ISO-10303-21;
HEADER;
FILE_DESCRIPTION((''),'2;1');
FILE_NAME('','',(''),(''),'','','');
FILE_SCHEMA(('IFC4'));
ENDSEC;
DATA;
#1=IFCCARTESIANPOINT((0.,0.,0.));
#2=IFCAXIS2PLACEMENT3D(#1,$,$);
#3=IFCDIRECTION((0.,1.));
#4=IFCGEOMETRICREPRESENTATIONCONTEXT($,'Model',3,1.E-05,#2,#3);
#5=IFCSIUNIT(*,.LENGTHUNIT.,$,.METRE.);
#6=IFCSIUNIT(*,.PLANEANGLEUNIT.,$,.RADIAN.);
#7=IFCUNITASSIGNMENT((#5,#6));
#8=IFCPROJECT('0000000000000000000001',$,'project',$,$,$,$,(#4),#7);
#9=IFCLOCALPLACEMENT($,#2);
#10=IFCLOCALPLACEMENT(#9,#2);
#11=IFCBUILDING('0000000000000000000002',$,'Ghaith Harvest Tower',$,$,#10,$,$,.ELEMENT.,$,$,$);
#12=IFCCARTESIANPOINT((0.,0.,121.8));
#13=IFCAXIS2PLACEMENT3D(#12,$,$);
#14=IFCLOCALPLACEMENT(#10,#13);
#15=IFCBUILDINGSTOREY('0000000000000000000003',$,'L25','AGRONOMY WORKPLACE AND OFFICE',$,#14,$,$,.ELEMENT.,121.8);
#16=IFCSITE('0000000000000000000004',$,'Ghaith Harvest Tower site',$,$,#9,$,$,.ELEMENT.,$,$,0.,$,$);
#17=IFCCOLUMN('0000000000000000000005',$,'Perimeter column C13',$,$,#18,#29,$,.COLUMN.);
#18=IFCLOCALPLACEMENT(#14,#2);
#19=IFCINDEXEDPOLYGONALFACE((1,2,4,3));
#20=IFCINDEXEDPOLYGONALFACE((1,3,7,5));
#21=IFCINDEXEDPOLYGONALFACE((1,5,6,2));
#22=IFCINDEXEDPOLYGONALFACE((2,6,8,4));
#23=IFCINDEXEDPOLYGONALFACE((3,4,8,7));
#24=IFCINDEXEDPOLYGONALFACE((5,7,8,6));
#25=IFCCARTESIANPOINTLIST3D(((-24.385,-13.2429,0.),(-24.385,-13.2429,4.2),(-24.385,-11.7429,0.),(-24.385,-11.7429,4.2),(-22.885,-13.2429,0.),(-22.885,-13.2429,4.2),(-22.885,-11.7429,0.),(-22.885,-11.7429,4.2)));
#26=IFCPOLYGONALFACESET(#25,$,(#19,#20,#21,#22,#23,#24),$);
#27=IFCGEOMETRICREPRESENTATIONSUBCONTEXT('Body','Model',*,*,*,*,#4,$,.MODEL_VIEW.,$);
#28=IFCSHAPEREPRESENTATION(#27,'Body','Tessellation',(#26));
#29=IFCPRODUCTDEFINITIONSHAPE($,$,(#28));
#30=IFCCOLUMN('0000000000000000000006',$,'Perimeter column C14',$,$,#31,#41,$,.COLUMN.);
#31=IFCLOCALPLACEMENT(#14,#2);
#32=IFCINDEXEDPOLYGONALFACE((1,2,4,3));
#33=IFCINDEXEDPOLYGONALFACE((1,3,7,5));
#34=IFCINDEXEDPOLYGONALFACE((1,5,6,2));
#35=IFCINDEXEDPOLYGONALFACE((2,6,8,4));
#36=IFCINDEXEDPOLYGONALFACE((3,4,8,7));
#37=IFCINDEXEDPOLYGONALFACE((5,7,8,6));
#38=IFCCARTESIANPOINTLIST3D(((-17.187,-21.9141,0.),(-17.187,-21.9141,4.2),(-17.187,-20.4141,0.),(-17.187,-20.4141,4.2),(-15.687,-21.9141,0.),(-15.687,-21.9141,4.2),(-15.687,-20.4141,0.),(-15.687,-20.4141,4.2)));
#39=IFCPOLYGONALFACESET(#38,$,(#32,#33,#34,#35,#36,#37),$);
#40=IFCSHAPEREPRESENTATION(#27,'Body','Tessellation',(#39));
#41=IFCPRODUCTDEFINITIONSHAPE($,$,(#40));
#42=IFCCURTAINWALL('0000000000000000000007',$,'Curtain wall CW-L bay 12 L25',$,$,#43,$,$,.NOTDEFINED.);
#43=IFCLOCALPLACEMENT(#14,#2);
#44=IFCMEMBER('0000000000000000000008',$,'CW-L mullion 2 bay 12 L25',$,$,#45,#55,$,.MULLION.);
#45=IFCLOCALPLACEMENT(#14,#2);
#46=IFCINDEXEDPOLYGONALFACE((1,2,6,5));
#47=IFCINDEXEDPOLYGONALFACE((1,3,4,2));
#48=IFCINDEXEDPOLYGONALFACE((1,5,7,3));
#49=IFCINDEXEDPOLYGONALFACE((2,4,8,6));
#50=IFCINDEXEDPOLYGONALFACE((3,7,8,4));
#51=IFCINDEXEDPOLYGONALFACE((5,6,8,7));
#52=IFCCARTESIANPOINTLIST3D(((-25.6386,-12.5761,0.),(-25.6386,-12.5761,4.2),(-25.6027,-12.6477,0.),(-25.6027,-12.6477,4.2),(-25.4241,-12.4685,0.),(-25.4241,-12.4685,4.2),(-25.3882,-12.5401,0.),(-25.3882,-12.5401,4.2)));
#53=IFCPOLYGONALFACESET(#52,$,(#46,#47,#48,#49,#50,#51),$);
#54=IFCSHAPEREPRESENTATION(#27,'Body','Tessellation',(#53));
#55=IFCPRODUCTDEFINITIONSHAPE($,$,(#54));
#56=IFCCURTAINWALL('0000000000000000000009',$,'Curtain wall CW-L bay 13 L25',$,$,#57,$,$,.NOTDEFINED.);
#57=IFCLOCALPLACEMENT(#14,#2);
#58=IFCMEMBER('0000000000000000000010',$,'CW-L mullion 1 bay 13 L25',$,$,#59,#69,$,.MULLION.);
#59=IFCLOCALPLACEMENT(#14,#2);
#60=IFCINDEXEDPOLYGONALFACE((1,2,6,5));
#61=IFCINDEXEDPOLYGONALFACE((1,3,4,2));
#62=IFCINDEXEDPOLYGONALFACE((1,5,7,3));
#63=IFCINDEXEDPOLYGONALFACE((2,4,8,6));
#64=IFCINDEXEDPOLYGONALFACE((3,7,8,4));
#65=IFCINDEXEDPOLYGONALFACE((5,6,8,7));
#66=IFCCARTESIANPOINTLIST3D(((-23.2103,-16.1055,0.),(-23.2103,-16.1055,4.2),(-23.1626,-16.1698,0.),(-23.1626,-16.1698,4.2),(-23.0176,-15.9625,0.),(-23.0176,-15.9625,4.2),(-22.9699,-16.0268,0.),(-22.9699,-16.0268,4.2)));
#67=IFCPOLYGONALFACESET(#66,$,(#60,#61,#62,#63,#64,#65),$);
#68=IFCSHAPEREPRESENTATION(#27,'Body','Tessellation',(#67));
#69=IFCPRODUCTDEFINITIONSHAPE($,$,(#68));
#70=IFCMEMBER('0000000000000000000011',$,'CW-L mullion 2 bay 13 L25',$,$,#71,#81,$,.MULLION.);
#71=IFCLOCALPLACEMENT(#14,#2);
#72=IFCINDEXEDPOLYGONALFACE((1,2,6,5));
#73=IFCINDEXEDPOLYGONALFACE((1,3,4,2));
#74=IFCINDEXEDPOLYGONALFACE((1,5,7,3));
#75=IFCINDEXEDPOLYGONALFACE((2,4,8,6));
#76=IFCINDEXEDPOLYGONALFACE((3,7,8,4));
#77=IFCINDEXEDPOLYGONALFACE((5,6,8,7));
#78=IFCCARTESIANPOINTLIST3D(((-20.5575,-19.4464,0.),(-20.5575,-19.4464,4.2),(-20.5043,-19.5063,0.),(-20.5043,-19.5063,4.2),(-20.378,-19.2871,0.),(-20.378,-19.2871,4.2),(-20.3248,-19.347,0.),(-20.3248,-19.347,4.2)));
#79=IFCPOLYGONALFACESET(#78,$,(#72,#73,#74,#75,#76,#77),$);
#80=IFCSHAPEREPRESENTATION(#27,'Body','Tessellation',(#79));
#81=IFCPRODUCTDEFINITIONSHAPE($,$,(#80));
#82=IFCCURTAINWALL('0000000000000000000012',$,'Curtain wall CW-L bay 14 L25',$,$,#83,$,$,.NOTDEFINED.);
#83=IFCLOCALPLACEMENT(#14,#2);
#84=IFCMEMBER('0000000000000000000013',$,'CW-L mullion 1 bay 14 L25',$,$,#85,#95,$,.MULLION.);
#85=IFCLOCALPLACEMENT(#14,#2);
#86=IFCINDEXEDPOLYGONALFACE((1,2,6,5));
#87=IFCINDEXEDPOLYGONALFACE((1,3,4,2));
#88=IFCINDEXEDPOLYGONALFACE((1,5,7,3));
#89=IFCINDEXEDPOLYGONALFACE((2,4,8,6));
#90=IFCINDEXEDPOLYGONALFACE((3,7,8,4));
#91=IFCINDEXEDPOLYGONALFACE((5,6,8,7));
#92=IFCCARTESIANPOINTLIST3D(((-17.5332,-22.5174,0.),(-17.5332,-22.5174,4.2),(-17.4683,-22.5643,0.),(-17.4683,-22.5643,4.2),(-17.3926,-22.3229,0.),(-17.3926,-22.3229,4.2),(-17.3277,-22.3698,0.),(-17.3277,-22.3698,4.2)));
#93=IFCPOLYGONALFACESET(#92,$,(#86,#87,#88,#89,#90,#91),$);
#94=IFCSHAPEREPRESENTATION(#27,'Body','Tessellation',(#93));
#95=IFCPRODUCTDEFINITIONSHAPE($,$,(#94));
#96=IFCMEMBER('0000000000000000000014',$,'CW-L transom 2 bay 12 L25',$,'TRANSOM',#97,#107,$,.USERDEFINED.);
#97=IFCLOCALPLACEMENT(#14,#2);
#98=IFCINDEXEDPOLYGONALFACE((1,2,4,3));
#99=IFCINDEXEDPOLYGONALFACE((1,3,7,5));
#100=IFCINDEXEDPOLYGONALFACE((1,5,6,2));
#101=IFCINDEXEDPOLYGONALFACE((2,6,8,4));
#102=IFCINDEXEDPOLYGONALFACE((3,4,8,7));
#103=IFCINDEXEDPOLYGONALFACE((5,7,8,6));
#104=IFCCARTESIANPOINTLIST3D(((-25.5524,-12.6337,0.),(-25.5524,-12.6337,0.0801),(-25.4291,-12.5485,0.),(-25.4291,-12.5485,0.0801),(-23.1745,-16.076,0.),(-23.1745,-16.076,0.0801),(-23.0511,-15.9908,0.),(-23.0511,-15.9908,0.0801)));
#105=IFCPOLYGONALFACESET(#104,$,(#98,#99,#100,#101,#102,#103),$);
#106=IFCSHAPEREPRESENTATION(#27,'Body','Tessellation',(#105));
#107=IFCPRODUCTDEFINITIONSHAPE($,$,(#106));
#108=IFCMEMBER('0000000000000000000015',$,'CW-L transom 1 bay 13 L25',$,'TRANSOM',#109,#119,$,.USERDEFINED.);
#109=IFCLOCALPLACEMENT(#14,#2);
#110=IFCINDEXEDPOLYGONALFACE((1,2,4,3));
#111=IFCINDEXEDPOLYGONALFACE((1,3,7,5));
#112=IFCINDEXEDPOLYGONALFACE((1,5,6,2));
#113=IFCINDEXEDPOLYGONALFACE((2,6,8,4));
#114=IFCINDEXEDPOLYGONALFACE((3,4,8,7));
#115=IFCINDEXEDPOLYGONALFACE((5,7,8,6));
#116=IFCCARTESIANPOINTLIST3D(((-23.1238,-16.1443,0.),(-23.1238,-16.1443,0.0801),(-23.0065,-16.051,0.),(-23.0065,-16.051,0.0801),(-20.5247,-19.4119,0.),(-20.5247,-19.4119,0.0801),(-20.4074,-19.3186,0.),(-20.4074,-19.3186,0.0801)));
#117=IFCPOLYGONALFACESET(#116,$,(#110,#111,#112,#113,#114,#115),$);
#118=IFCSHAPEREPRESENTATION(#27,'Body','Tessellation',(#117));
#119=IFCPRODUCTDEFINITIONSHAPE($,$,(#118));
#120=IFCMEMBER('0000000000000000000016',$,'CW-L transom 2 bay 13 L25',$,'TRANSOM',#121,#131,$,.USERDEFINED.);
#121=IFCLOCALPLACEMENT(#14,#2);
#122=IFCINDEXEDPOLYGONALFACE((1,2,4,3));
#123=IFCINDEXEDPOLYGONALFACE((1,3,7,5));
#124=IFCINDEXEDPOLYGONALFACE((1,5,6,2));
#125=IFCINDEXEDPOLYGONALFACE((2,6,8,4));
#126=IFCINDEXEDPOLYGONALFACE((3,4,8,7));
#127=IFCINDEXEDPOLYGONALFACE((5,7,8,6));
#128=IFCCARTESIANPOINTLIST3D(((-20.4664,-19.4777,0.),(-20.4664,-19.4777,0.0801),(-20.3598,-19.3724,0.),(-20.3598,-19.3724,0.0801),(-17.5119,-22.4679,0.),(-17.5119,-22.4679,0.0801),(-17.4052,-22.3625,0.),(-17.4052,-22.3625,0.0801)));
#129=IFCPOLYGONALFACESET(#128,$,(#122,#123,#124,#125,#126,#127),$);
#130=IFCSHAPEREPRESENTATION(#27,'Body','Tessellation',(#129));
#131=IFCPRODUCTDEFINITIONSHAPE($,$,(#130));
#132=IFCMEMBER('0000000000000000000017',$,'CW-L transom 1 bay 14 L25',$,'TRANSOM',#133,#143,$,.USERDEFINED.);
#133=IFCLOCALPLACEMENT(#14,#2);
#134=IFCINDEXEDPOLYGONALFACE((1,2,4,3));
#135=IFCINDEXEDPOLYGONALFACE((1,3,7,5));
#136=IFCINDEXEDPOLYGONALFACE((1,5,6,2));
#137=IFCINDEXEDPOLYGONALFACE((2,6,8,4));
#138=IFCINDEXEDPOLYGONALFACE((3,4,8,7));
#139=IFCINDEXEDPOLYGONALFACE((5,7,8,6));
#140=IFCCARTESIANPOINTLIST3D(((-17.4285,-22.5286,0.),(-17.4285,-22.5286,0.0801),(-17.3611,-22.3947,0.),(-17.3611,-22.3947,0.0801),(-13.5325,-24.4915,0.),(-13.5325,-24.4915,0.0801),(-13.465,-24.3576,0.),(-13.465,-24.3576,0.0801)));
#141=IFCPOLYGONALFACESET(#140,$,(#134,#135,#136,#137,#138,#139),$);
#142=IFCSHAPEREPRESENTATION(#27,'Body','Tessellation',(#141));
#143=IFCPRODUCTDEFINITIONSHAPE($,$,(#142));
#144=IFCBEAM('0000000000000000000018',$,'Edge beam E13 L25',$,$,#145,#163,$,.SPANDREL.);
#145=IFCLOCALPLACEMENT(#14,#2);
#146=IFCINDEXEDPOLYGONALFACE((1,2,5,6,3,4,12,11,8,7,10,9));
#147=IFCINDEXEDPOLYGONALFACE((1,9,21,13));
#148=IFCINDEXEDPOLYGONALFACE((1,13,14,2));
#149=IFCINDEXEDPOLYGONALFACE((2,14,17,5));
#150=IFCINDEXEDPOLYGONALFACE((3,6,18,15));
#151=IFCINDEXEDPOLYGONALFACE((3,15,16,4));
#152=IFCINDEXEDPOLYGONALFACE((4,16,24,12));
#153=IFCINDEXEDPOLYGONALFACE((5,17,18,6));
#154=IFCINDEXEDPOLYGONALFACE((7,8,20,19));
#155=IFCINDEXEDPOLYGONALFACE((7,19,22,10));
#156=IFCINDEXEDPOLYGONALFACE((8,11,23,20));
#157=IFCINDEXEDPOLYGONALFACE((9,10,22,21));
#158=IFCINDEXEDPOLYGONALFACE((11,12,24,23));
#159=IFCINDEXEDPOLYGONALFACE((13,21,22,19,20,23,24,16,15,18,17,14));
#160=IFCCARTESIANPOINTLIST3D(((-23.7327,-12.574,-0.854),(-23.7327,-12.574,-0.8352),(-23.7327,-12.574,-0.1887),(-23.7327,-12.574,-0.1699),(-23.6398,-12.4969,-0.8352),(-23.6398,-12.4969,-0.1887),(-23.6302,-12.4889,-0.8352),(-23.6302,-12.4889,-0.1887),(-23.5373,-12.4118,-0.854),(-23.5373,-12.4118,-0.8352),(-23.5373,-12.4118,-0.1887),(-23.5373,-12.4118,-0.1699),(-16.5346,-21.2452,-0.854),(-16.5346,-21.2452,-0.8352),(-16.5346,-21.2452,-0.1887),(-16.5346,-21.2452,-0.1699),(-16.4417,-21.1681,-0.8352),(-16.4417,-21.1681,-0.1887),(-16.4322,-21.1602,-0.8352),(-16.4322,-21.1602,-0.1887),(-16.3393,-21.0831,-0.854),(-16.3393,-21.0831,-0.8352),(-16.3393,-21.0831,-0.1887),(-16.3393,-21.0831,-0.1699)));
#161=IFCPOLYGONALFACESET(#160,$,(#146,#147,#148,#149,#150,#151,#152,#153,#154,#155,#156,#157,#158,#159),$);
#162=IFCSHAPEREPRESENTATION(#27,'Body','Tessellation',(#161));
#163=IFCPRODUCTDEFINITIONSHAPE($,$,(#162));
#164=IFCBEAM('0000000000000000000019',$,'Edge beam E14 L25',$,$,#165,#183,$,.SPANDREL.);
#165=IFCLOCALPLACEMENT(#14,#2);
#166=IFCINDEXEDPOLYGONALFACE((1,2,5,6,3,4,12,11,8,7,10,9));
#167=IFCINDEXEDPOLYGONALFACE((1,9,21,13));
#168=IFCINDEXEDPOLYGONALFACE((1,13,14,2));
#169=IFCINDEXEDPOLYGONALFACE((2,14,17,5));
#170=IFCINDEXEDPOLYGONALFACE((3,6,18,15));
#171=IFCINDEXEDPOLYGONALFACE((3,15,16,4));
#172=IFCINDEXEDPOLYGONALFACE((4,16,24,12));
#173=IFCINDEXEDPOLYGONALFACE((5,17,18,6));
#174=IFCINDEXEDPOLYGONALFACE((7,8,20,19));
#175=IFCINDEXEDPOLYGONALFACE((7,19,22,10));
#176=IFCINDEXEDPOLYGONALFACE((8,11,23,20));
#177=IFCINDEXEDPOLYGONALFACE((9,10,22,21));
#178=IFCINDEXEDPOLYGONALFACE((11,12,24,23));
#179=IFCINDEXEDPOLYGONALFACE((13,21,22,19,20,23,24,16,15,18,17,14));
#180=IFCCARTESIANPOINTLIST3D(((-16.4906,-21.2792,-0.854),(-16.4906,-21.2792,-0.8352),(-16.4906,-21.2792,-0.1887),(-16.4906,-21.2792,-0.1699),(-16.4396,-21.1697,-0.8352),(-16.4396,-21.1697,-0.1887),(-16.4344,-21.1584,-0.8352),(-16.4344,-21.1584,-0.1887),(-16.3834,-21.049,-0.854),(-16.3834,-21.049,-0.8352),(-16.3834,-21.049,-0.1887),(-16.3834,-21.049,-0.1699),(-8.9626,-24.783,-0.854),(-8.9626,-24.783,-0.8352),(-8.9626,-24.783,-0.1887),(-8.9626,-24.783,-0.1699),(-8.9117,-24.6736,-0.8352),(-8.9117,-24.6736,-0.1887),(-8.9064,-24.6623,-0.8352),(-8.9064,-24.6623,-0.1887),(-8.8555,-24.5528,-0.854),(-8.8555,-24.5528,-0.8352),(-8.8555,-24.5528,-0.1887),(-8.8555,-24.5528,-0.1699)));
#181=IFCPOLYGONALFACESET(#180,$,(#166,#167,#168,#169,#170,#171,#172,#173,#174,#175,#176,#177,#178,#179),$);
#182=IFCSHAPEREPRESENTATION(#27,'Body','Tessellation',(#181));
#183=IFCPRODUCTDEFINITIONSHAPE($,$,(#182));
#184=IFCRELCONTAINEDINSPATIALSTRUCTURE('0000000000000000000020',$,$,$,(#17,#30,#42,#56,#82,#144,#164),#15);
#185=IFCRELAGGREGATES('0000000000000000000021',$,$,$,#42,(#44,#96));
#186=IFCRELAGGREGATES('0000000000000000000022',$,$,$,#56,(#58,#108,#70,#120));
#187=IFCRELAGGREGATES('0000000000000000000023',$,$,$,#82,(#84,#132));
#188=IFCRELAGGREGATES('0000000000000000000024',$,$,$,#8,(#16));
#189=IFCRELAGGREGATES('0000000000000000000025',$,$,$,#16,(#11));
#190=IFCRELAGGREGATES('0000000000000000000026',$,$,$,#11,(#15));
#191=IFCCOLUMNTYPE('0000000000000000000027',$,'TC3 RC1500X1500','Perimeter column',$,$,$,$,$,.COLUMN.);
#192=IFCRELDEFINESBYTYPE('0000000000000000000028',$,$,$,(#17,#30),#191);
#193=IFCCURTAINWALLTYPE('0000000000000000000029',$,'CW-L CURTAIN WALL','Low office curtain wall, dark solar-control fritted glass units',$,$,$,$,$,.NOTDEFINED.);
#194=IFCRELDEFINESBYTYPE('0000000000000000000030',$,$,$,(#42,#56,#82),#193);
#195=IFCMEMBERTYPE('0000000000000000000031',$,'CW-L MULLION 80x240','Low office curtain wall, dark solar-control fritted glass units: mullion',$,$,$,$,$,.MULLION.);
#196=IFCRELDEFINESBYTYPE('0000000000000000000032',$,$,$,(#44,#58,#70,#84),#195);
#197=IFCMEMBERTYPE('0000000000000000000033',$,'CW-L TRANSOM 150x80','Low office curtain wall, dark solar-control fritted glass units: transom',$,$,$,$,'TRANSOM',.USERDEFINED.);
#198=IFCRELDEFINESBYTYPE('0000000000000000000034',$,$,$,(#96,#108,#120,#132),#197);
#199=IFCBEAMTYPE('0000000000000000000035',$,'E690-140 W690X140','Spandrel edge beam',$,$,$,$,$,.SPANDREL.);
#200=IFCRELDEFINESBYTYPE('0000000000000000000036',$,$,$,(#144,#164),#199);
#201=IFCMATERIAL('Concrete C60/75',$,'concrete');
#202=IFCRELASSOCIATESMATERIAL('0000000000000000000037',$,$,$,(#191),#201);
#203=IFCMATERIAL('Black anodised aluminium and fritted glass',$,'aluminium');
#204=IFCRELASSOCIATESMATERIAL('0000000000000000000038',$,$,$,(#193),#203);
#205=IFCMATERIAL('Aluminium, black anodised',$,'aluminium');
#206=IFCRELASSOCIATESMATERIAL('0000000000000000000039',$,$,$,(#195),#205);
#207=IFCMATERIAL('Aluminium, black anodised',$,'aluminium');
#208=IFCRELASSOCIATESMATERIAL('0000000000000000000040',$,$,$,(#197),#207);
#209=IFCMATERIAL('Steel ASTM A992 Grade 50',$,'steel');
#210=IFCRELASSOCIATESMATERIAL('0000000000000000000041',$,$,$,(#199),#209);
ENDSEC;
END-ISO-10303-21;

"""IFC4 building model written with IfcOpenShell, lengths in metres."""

from ifc_helpers import new_model, si_unit, direction, frame, origin, origin_2d, place, context, subcontext, project, spatial, rectangle, i_section, extrude, material, material_profile, profile_set, type_object, element, aggregate, save


model = new_model("IFC4")

# Units and contexts
model_context = context("Model", 3, precision=1e-05, world=origin(), true_north=direction((0.0, 1.0)))
body_context = subcontext(model_context, "Body", "Model", "MODEL_VIEW")
ifc_project = project(units=[si_unit("LENGTHUNIT", "METRE"), si_unit("PLANEANGLEUNIT", "RADIAN")], contexts=[model_context])

# Site, building, storey
site_placement = place(None, origin())
site = spatial("IfcSite", under=ifc_project, at=site_placement, Name="Ghaith Harvest Tower site", CompositionType="ELEMENT", RefElevation=0.0)
building_placement = place(site_placement, origin())
building = spatial("IfcBuilding", under=site, at=building_placement, Name="Ghaith Harvest Tower", CompositionType="ELEMENT")
storey_placement = place(building_placement, frame((0.0, 0.0, 121.8)))
storey = spatial("IfcBuildingStorey", under=building, at=storey_placement, Name="L25", Description="AGRONOMY WORKPLACE AND OFFICE", CompositionType="ELEMENT", Elevation=121.8)

# Columns
ifc_material_1 = material(Name="Concrete C60/75", Category="concrete")
ifc_material_profile_1 = material_profile(ifc_material_1, rectangle(XDim=1.5, YDim=1.5, at=origin_2d()), Name="RC1500X1500")
ifc_profile_set_1 = profile_set([ifc_material_profile_1], Name="Concrete C60/75")
column_type = type_object("IfcColumnType", Name="TC3 RC1500X1500", Description="Perimeter column", PredefinedType="COLUMN", material=ifc_profile_set_1)
for number, where, z_axis, x_axis, name in (
    (1, (-23.635, -12.4929, 0.0), (0.0, 0.0, 1.0), (1.0, 0.0, 0.0), "Perimeter column C13"),
    (2, (-16.437, -21.1641, 0.0), (0.0, 0.0, 1.0), (1.0, 0.0, 0.0), "Perimeter column C14"),
):
    element("IfcColumn", number, at=place(storey_placement, frame(where, z_axis=z_axis, x_axis=x_axis)), inside=storey, type_object=column_type, Name=name, PredefinedType="COLUMN", context=body_context, shape_type="SweptSolid", body=[
        extrude(rectangle(XDim=1.5, YDim=1.5, at=origin_2d()), origin(), (0.0, 0.0, 1.0), 4.2),
    ])

# Curtain wall, member
ifc_material_2 = material(Name="Black anodised aluminium and fritted glass", Category="aluminium")
curtain_wall_type = type_object("IfcCurtainWallType", Name="CW-L CURTAIN WALL", Description="Low office curtain wall, dark solar-control fritted glass units", PredefinedType="NOTDEFINED", material=ifc_material_2)
curtain_wall_1_placement = place(storey_placement, origin())
curtain_wall_1 = element("IfcCurtainWall", 3, at=curtain_wall_1_placement, inside=storey, type_object=curtain_wall_type, Name="Curtain wall CW-L bay 12 L25", PredefinedType="NOTDEFINED")
ifc_material_3 = material(Name="Aluminium, black anodised", Category="aluminium")
ifc_material_profile_2 = material_profile(ifc_material_3, rectangle(XDim=0.0801, YDim=0.24, at=origin_2d()), Name="CW-L MULLION 80x240")
ifc_profile_set_2 = profile_set([ifc_material_profile_2], Name="Aluminium, black anodised")
member_type_1 = type_object("IfcMemberType", Name="CW-L MULLION 80x240", Description="Low office curtain wall, dark solar-control fritted glass units: mullion", PredefinedType="MULLION", material=ifc_profile_set_2)
member_1_placement = place(storey_placement, frame((-25.5134, -12.5581, 0.0), z_axis=(0.0, 0.0, 1.0), x_axis=(0.448267, -0.8939, 0.0)))
member_1 = element("IfcMember", 4, at=member_1_placement, type_object=member_type_1, Name="CW-L mullion 2 bay 12 L25", PredefinedType="MULLION", context=body_context, shape_type="SweptSolid", body=[
    extrude(rectangle(XDim=0.0801, YDim=0.24, at=origin_2d()), origin(), (0.0, 0.0, 1.0), 4.2),
])

# Curtain wall, members
curtain_wall_2_placement = place(storey_placement, origin())
curtain_wall_2 = element("IfcCurtainWall", 5, at=curtain_wall_2_placement, inside=storey, type_object=curtain_wall_type, Name="Curtain wall CW-L bay 13 L25", PredefinedType="NOTDEFINED")
member_2_placement = place(storey_placement, frame((-23.0901, -16.0662, 0.0), z_axis=(0.0, 0.0, 1.0), x_axis=(0.59574, -0.803177, 0.0)))
member_2 = element("IfcMember", 6, at=member_2_placement, type_object=member_type_1, Name="CW-L mullion 1 bay 13 L25", PredefinedType="MULLION", context=body_context, shape_type="SweptSolid", body=[
    extrude(rectangle(XDim=0.0801, YDim=0.24, at=origin_2d()), origin(), (0.0, 0.0, 1.0), 4.2),
])
member_3_placement = place(storey_placement, frame((-20.4412, -19.3967, 0.0), z_axis=(0.0, 0.0, 1.0), x_axis=(0.663765, -0.747941, 0.0)))
member_3 = element("IfcMember", 7, at=member_3_placement, type_object=member_type_1, Name="CW-L mullion 2 bay 13 L25", PredefinedType="MULLION", context=body_context, shape_type="SweptSolid", body=[
    extrude(rectangle(XDim=0.0801, YDim=0.24, at=origin_2d()), origin(), (0.0, 0.0, 1.0), 4.2),
])

# Curtain wall, member
curtain_wall_3_placement = place(storey_placement, origin())
curtain_wall_3 = element("IfcCurtainWall", 8, at=curtain_wall_3_placement, inside=storey, type_object=curtain_wall_type, Name="Curtain wall CW-L bay 14 L25", PredefinedType="NOTDEFINED")
member_4_placement = place(storey_placement, frame((-17.4304, -22.4436, 0.0), z_axis=(0.0, 0.0, 1.0), x_axis=(0.810339, -0.585961, 0.0)))
member_4 = element("IfcMember", 9, at=member_4_placement, type_object=member_type_1, Name="CW-L mullion 1 bay 14 L25", PredefinedType="MULLION", context=body_context, shape_type="SweptSolid", body=[
    extrude(rectangle(XDim=0.0801, YDim=0.24, at=origin_2d()), origin(), (0.0, 0.0, 1.0), 4.2),
])

# Members
ifc_material_4 = material(Name="Aluminium, black anodised", Category="aluminium")
ifc_material_profile_3 = material_profile(ifc_material_4, rectangle(XDim=0.1499, YDim=0.0801, at=origin_2d()), Name="CW-L TRANSOM 150x80")
ifc_profile_set_3 = profile_set([ifc_material_profile_3], Name="Aluminium, black anodised")
member_type_2 = type_object("IfcMemberType", Name="CW-L TRANSOM 150x80", Description="Low office curtain wall, dark solar-control fritted glass units: transom", ElementType="TRANSOM", PredefinedType="USERDEFINED", material=ifc_profile_set_3)
member_5_placement = place(storey_placement, frame((-25.4907, -12.5911, 0.04), z_axis=(0.56836, -0.82278, 0.0), x_axis=(0.82278, 0.56836, 0.0)))
member_5 = element("IfcMember", 10, at=member_5_placement, type_object=member_type_2, Name="CW-L transom 2 bay 12 L25", ObjectType="TRANSOM", PredefinedType="USERDEFINED", context=body_context, shape_type="SweptSolid", body=[
    extrude(rectangle(XDim=0.1499, YDim=0.0801, at=origin_2d()), origin(), (0.0, 0.0, 1.0), 4.1838),
])
member_6_placement = place(storey_placement, frame((-23.0652, -16.0977, 0.04), z_axis=(0.622511, -0.782611, 0.0), x_axis=(0.782611, 0.622511, 0.0)))
member_6 = element("IfcMember", 11, at=member_6_placement, type_object=member_type_2, Name="CW-L transom 1 bay 13 L25", ObjectType="TRANSOM", PredefinedType="USERDEFINED", context=body_context, shape_type="SweptSolid", body=[
    extrude(rectangle(XDim=0.1499, YDim=0.0801, at=origin_2d()), origin(), (0.0, 0.0, 1.0), 4.1753),
])
member_7_placement = place(storey_placement, frame((-20.4131, -19.425, 0.04), z_axis=(0.702854, -0.711334, 0.0), x_axis=(0.711334, 0.702854, 0.0)))
member_7 = element("IfcMember", 12, at=member_7_placement, type_object=member_type_2, Name="CW-L transom 2 bay 13 L25", ObjectType="TRANSOM", PredefinedType="USERDEFINED", context=body_context, shape_type="SweptSolid", body=[
    extrude(rectangle(XDim=0.1499, YDim=0.0801, at=origin_2d()), origin(), (0.0, 0.0, 1.0), 4.2036),
])
member_8_placement = place(storey_placement, frame((-17.3948, -22.4617, 0.04), z_axis=(0.893058, -0.449943, 0.0), x_axis=(0.449943, 0.893058, 0.0)))
member_8 = element("IfcMember", 13, at=member_8_placement, type_object=member_type_2, Name="CW-L transom 1 bay 14 L25", ObjectType="TRANSOM", PredefinedType="USERDEFINED", context=body_context, shape_type="SweptSolid", body=[
    extrude(rectangle(XDim=0.1499, YDim=0.0801, at=origin_2d()), origin(), (0.0, 0.0, 1.0), 4.3625),
])

# Beams
ifc_material_5 = material(Name="Steel ASTM A992 Grade 50", Category="steel")
ifc_material_profile_4 = material_profile(ifc_material_5, i_section(OverallWidth=0.2539, OverallDepth=0.6841, WebThickness=0.0125, FlangeThickness=0.0188, at=origin_2d()), Name="W690X140")
ifc_profile_set_4 = profile_set([ifc_material_profile_4], Name="Steel ASTM A992 Grade 50")
beam_type = type_object("IfcBeamType", Name="E690-140 W690X140", Description="Spandrel edge beam", PredefinedType="SPANDREL", material=ifc_profile_set_4)
beam_1_placement = place(storey_placement, frame((-23.635, -12.4929, -0.512), z_axis=(0.638719, -0.76944, 0.0), x_axis=(0.76944, 0.638719, 0.0)))
element("IfcBeam", 14, at=beam_1_placement, inside=storey, type_object=beam_type, Name="Edge beam E13 L25", PredefinedType="SPANDREL", context=body_context, shape_type="SweptSolid", body=[
    extrude(i_section(OverallWidth=0.2539, OverallDepth=0.6841, WebThickness=0.0125, FlangeThickness=0.0188, at=origin_2d()), origin(), (0.0, 0.0, 1.0), 11.2695),
])
beam_2_placement = place(storey_placement, frame((-16.437, -21.1641, -0.512), z_axis=(0.906607, -0.421976, 0.0), x_axis=(0.421976, 0.906607, 0.0)))
element("IfcBeam", 15, at=beam_2_placement, inside=storey, type_object=beam_type, Name="Edge beam E14 L25", PredefinedType="SPANDREL", context=body_context, shape_type="SweptSolid", body=[
    extrude(i_section(OverallWidth=0.2539, OverallDepth=0.6841, WebThickness=0.0125, FlangeThickness=0.0188, at=origin_2d()), origin(), (0.0, 0.0, 1.0), 8.3035),
])

aggregate(curtain_wall_1, [member_1, member_5])
aggregate(curtain_wall_2, [member_2, member_6, member_3, member_7])
aggregate(curtain_wall_3, [member_4, member_8])

save(model, "model.ifc")
